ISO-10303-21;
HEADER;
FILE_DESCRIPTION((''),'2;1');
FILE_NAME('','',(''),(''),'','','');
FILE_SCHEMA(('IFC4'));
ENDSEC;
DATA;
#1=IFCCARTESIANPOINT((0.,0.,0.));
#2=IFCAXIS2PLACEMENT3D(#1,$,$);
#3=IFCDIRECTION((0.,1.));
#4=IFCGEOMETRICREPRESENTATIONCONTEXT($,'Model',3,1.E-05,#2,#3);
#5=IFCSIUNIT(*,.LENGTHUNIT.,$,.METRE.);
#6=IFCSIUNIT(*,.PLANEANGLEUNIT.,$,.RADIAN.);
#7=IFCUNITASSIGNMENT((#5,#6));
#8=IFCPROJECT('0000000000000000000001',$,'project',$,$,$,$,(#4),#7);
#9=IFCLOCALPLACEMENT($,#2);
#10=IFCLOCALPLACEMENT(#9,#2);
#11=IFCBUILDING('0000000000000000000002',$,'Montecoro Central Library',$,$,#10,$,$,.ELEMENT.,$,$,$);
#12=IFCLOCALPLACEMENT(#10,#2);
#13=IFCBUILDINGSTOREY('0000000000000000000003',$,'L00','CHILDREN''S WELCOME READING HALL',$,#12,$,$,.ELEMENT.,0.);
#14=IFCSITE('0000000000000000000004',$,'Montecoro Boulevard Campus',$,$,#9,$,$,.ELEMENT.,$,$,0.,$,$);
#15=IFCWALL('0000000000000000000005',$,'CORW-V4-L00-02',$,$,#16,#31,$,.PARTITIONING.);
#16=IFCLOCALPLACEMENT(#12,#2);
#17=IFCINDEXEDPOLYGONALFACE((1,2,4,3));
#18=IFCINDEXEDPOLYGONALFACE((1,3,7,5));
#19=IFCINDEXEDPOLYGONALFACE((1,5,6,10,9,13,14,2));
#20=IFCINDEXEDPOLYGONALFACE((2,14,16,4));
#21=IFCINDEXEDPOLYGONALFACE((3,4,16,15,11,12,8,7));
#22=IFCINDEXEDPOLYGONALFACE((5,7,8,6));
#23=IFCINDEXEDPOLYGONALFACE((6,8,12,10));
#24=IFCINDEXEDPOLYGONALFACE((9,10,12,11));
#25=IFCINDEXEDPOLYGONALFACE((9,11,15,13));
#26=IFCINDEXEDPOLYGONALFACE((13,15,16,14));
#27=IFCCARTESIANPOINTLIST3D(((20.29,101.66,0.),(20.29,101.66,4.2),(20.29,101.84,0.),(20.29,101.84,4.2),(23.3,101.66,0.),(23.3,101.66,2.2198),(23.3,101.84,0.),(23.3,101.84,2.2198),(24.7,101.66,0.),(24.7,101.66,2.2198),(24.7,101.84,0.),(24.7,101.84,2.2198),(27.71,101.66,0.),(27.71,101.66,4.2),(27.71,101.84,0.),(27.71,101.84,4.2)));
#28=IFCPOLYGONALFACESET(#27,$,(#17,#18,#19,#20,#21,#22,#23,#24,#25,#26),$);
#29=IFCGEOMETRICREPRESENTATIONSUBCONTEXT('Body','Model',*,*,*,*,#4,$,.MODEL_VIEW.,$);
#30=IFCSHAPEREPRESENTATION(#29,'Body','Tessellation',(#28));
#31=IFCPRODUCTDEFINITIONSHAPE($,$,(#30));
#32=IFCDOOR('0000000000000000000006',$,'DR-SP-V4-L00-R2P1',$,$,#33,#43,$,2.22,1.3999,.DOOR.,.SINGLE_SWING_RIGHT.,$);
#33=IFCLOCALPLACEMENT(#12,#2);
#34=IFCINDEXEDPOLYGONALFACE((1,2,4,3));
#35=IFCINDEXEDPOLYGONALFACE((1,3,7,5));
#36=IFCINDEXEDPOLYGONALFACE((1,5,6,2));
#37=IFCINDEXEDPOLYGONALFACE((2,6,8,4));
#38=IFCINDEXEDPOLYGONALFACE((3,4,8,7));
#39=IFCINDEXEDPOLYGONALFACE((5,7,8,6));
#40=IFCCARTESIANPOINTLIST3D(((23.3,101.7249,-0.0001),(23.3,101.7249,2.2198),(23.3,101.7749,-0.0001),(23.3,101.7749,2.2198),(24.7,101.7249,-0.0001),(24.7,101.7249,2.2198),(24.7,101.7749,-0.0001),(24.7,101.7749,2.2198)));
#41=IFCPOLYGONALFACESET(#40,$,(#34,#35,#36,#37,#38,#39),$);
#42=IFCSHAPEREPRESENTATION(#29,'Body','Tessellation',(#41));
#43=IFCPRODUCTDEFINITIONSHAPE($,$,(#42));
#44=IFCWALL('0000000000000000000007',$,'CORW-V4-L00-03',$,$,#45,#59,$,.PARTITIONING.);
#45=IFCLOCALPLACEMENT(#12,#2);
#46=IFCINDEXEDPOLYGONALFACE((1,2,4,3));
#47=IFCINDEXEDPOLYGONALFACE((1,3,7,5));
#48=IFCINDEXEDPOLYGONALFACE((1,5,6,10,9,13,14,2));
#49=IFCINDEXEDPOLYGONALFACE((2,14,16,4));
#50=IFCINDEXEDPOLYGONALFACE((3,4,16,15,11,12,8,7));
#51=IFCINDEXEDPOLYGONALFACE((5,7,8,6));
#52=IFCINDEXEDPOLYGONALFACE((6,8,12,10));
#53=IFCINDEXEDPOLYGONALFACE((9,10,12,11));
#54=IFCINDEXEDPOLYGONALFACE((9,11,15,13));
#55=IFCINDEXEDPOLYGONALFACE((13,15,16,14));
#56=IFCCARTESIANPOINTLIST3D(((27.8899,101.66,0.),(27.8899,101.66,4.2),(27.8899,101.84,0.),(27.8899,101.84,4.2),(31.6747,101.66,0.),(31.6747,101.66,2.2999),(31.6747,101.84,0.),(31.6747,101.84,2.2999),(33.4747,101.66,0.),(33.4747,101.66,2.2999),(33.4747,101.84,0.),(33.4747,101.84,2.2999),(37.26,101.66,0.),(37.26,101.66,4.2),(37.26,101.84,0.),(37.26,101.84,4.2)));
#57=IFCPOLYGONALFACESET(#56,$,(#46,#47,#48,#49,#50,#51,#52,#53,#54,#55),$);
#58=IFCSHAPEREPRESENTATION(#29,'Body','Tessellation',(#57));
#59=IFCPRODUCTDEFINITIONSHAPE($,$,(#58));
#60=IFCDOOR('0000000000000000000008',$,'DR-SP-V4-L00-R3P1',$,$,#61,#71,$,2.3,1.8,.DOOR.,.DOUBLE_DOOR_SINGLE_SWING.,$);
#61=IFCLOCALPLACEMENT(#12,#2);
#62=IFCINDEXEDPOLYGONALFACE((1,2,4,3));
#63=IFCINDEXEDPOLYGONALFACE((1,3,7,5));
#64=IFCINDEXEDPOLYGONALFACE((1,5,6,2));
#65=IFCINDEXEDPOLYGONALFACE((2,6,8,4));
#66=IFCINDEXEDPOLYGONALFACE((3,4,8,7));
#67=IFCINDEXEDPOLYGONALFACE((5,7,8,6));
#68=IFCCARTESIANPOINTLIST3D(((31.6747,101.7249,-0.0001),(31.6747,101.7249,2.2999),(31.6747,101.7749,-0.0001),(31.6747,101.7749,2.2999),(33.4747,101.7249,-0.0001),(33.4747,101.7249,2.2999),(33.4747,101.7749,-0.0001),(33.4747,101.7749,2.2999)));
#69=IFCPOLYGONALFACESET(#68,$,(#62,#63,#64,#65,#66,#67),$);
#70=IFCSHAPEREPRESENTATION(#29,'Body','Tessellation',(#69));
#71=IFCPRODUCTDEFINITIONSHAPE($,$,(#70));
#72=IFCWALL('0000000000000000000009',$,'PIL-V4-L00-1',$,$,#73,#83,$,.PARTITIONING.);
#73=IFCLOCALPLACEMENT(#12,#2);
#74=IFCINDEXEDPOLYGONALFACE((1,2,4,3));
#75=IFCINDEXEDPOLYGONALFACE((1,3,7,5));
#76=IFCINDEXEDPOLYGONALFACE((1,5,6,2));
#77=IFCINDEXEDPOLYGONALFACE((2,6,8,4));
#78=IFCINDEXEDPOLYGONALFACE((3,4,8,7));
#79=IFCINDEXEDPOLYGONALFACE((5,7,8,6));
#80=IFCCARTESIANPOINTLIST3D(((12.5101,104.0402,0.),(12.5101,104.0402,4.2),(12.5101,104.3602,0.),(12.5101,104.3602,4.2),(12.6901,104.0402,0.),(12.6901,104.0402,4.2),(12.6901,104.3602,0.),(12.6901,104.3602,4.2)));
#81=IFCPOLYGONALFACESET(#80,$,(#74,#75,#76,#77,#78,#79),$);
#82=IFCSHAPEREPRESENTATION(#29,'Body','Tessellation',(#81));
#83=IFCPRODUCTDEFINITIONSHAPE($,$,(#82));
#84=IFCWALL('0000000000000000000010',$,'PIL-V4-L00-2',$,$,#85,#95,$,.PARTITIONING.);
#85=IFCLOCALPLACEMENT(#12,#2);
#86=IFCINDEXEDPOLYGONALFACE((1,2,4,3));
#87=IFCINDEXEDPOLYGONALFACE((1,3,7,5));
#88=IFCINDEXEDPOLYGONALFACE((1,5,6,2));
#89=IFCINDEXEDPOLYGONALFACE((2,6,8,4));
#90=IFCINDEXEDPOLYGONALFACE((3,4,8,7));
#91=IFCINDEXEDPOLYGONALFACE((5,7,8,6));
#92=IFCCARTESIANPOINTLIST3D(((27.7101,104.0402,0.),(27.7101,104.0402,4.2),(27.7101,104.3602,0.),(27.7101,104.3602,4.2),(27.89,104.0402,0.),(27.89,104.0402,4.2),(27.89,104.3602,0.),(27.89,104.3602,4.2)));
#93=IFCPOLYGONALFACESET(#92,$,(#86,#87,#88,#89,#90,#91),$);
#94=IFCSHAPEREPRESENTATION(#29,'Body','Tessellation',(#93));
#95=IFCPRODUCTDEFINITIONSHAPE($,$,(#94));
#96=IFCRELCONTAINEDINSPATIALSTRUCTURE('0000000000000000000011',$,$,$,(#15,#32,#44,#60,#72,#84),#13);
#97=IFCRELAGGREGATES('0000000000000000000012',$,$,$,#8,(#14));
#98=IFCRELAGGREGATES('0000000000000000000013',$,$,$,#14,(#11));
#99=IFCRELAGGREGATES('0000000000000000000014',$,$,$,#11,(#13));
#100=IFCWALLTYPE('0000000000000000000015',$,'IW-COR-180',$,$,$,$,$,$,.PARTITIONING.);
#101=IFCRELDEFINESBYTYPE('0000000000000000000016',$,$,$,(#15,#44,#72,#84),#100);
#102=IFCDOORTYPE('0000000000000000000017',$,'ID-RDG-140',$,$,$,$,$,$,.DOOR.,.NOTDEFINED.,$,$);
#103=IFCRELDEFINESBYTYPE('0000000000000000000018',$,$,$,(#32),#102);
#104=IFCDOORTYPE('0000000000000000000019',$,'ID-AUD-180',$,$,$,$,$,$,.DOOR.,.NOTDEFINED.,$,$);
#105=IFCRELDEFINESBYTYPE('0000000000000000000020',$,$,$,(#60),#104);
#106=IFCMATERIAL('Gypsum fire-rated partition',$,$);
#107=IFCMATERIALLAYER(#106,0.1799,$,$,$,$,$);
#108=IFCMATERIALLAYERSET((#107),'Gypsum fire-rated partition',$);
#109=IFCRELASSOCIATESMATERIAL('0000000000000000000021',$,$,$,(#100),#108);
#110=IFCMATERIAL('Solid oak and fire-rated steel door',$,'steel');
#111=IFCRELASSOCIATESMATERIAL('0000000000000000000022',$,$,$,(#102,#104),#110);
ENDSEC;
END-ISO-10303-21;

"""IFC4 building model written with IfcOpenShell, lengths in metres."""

from ifc_helpers import new_model, si_unit, direction, frame, frame_2d, origin, place, context, subcontext, project, spatial, rectangle, extrude, material, layer, layer_set, type_object, element, fill, save


model = new_model("IFC4")

# Units and contexts
model_context = context("Model", 3, precision=1e-05, world=origin(), true_north=direction((0.0, 1.0)))
body_context = subcontext(model_context, "Body", "Model", "MODEL_VIEW")
ifc_project = project(units=[si_unit("LENGTHUNIT", "METRE"), si_unit("PLANEANGLEUNIT", "RADIAN")], contexts=[model_context])

# Site, building, storey
site_placement = place(None, origin())
site = spatial("IfcSite", under=ifc_project, at=site_placement, Name="Montecoro Boulevard Campus", CompositionType="ELEMENT", RefElevation=0.0)
building_placement = place(site_placement, origin())
building = spatial("IfcBuilding", under=site, at=building_placement, Name="Montecoro Central Library", CompositionType="ELEMENT")
storey_placement = place(building_placement, origin())
storey = spatial("IfcBuildingStorey", under=building, at=storey_placement, Name="L00", Description="CHILDREN'S WELCOME READING HALL", CompositionType="ELEMENT", Elevation=0.0)

# Walls, openings, doors
ifc_material_1 = material(Name="Gypsum fire-rated partition")
ifc_layer = layer(ifc_material_1, 0.1799)
ifc_layer_set = layer_set([ifc_layer], Name="Gypsum fire-rated partition")
wall_type = type_object("IfcWallType", Name="IW-COR-180", PredefinedType="PARTITIONING", material=ifc_layer_set)
wall_1_placement = place(storey_placement, frame((20.29, 101.75, 0.0), z_axis=(0.0, 0.0, 1.0), x_axis=(1.0, 0.0, 0.0)))
wall_1 = element("IfcWall", 1, at=wall_1_placement, inside=storey, type_object=wall_type, Name="CORW-V4-L00-02", PredefinedType="PARTITIONING", context=body_context, shape_type="SweptSolid", body=[
    extrude(rectangle(XDim=7.4199, YDim=0.1799, at=frame_2d((3.71, 0.0))), origin(), (0.0, 0.0, 1.0), 4.2),
])
opening_1_placement = place(wall_1_placement, frame((3.01, 0.0, 0.0)))
opening_1 = element("IfcOpeningElement", 2, at=opening_1_placement, cuts=wall_1, PredefinedType="OPENING", context=body_context, shape_type="SweptSolid", body=[
    extrude(rectangle(XDim=1.3999, YDim=2.22, at=frame_2d((0.7, 1.1099))), frame((0.0, 0.0999, 0.0), z_axis=(0.0, -1.0, 0.0), x_axis=(1.0, 0.0, 0.0)), (0.0, 0.0, 1.0), 0.2),
])
ifc_material_2 = material(Name="Solid oak and fire-rated steel door", Category="steel")
door_type_1 = type_object("IfcDoorType", Name="ID-RDG-140", OperationType="NOTDEFINED", PredefinedType="DOOR", material=ifc_material_2)
door_1_placement = place(opening_1_placement, origin())
door_1 = element("IfcDoor", 3, at=door_1_placement, inside=storey, type_object=door_type_1, Name="DR-SP-V4-L00-R2P1", OperationType="SINGLE_SWING_RIGHT", OverallHeight=2.22, OverallWidth=1.3999, PredefinedType="DOOR", context=body_context, shape_type="SweptSolid", body=[
    extrude(rectangle(XDim=1.3999, YDim=2.22, at=frame_2d((0.7, 1.1099))), frame((0.0, 0.0249, 0.0), z_axis=(0.0, -1.0, 0.0), x_axis=(1.0, 0.0, 0.0)), (0.0, 0.0, 1.0), 0.05),
])
fill(opening_1, door_1)
wall_2_placement = place(storey_placement, frame((27.8899, 101.75, 0.0), z_axis=(0.0, 0.0, 1.0), x_axis=(1.0, 0.0, 0.0)))
wall_2 = element("IfcWall", 4, at=wall_2_placement, inside=storey, type_object=wall_type, Name="CORW-V4-L00-03", PredefinedType="PARTITIONING", context=body_context, shape_type="SweptSolid", body=[
    extrude(rectangle(XDim=9.3701, YDim=0.1799, at=frame_2d((4.6851, 0.0))), origin(), (0.0, 0.0, 1.0), 4.2),
])
opening_2_placement = place(wall_2_placement, frame((3.7849, 0.0, 0.0)))
opening_2 = element("IfcOpeningElement", 5, at=opening_2_placement, cuts=wall_2, PredefinedType="OPENING", context=body_context, shape_type="SweptSolid", body=[
    extrude(rectangle(XDim=1.8, YDim=2.3, at=frame_2d((0.8999, 1.1499))), frame((0.0, 0.0999, 0.0), z_axis=(0.0, -1.0, 0.0), x_axis=(1.0, 0.0, 0.0)), (0.0, 0.0, 1.0), 0.2),
])
door_type_2 = type_object("IfcDoorType", Name="ID-AUD-180", OperationType="NOTDEFINED", PredefinedType="DOOR", material=ifc_material_2)
door_2_placement = place(opening_2_placement, origin())
door_2 = element("IfcDoor", 6, at=door_2_placement, inside=storey, type_object=door_type_2, Name="DR-SP-V4-L00-R3P1", OperationType="DOUBLE_DOOR_SINGLE_SWING", OverallHeight=2.3, OverallWidth=1.8, PredefinedType="DOOR", context=body_context, shape_type="SweptSolid", body=[
    extrude(rectangle(XDim=1.8, YDim=2.3, at=frame_2d((0.8999, 1.1499))), frame((0.0, 0.0249, 0.0), z_axis=(0.0, -1.0, 0.0), x_axis=(1.0, 0.0, 0.0)), (0.0, 0.0, 1.0), 0.05),
])
fill(opening_2, door_2)

# Walls
for number, where, z_axis, x_axis, name in (
    (7, (12.6001, 104.04, 0.0), (0.0, 0.0, 1.0), (0.0, 1.0, 0.0), "PIL-V4-L00-1"),
    (8, (27.8, 104.04, 0.0), (0.0, 0.0, 1.0), (0.0, 1.0, 0.0), "PIL-V4-L00-2"),
):
    element("IfcWall", number, at=place(storey_placement, frame(where, z_axis=z_axis, x_axis=x_axis)), inside=storey, type_object=wall_type, Name=name, PredefinedType="PARTITIONING", context=body_context, shape_type="SweptSolid", body=[
        extrude(rectangle(XDim=0.3201, YDim=0.1799, at=frame_2d((0.1602, 0.0))), origin(), (0.0, 0.0, 1.0), 4.2),
    ])

save(model, "model.ifc")
